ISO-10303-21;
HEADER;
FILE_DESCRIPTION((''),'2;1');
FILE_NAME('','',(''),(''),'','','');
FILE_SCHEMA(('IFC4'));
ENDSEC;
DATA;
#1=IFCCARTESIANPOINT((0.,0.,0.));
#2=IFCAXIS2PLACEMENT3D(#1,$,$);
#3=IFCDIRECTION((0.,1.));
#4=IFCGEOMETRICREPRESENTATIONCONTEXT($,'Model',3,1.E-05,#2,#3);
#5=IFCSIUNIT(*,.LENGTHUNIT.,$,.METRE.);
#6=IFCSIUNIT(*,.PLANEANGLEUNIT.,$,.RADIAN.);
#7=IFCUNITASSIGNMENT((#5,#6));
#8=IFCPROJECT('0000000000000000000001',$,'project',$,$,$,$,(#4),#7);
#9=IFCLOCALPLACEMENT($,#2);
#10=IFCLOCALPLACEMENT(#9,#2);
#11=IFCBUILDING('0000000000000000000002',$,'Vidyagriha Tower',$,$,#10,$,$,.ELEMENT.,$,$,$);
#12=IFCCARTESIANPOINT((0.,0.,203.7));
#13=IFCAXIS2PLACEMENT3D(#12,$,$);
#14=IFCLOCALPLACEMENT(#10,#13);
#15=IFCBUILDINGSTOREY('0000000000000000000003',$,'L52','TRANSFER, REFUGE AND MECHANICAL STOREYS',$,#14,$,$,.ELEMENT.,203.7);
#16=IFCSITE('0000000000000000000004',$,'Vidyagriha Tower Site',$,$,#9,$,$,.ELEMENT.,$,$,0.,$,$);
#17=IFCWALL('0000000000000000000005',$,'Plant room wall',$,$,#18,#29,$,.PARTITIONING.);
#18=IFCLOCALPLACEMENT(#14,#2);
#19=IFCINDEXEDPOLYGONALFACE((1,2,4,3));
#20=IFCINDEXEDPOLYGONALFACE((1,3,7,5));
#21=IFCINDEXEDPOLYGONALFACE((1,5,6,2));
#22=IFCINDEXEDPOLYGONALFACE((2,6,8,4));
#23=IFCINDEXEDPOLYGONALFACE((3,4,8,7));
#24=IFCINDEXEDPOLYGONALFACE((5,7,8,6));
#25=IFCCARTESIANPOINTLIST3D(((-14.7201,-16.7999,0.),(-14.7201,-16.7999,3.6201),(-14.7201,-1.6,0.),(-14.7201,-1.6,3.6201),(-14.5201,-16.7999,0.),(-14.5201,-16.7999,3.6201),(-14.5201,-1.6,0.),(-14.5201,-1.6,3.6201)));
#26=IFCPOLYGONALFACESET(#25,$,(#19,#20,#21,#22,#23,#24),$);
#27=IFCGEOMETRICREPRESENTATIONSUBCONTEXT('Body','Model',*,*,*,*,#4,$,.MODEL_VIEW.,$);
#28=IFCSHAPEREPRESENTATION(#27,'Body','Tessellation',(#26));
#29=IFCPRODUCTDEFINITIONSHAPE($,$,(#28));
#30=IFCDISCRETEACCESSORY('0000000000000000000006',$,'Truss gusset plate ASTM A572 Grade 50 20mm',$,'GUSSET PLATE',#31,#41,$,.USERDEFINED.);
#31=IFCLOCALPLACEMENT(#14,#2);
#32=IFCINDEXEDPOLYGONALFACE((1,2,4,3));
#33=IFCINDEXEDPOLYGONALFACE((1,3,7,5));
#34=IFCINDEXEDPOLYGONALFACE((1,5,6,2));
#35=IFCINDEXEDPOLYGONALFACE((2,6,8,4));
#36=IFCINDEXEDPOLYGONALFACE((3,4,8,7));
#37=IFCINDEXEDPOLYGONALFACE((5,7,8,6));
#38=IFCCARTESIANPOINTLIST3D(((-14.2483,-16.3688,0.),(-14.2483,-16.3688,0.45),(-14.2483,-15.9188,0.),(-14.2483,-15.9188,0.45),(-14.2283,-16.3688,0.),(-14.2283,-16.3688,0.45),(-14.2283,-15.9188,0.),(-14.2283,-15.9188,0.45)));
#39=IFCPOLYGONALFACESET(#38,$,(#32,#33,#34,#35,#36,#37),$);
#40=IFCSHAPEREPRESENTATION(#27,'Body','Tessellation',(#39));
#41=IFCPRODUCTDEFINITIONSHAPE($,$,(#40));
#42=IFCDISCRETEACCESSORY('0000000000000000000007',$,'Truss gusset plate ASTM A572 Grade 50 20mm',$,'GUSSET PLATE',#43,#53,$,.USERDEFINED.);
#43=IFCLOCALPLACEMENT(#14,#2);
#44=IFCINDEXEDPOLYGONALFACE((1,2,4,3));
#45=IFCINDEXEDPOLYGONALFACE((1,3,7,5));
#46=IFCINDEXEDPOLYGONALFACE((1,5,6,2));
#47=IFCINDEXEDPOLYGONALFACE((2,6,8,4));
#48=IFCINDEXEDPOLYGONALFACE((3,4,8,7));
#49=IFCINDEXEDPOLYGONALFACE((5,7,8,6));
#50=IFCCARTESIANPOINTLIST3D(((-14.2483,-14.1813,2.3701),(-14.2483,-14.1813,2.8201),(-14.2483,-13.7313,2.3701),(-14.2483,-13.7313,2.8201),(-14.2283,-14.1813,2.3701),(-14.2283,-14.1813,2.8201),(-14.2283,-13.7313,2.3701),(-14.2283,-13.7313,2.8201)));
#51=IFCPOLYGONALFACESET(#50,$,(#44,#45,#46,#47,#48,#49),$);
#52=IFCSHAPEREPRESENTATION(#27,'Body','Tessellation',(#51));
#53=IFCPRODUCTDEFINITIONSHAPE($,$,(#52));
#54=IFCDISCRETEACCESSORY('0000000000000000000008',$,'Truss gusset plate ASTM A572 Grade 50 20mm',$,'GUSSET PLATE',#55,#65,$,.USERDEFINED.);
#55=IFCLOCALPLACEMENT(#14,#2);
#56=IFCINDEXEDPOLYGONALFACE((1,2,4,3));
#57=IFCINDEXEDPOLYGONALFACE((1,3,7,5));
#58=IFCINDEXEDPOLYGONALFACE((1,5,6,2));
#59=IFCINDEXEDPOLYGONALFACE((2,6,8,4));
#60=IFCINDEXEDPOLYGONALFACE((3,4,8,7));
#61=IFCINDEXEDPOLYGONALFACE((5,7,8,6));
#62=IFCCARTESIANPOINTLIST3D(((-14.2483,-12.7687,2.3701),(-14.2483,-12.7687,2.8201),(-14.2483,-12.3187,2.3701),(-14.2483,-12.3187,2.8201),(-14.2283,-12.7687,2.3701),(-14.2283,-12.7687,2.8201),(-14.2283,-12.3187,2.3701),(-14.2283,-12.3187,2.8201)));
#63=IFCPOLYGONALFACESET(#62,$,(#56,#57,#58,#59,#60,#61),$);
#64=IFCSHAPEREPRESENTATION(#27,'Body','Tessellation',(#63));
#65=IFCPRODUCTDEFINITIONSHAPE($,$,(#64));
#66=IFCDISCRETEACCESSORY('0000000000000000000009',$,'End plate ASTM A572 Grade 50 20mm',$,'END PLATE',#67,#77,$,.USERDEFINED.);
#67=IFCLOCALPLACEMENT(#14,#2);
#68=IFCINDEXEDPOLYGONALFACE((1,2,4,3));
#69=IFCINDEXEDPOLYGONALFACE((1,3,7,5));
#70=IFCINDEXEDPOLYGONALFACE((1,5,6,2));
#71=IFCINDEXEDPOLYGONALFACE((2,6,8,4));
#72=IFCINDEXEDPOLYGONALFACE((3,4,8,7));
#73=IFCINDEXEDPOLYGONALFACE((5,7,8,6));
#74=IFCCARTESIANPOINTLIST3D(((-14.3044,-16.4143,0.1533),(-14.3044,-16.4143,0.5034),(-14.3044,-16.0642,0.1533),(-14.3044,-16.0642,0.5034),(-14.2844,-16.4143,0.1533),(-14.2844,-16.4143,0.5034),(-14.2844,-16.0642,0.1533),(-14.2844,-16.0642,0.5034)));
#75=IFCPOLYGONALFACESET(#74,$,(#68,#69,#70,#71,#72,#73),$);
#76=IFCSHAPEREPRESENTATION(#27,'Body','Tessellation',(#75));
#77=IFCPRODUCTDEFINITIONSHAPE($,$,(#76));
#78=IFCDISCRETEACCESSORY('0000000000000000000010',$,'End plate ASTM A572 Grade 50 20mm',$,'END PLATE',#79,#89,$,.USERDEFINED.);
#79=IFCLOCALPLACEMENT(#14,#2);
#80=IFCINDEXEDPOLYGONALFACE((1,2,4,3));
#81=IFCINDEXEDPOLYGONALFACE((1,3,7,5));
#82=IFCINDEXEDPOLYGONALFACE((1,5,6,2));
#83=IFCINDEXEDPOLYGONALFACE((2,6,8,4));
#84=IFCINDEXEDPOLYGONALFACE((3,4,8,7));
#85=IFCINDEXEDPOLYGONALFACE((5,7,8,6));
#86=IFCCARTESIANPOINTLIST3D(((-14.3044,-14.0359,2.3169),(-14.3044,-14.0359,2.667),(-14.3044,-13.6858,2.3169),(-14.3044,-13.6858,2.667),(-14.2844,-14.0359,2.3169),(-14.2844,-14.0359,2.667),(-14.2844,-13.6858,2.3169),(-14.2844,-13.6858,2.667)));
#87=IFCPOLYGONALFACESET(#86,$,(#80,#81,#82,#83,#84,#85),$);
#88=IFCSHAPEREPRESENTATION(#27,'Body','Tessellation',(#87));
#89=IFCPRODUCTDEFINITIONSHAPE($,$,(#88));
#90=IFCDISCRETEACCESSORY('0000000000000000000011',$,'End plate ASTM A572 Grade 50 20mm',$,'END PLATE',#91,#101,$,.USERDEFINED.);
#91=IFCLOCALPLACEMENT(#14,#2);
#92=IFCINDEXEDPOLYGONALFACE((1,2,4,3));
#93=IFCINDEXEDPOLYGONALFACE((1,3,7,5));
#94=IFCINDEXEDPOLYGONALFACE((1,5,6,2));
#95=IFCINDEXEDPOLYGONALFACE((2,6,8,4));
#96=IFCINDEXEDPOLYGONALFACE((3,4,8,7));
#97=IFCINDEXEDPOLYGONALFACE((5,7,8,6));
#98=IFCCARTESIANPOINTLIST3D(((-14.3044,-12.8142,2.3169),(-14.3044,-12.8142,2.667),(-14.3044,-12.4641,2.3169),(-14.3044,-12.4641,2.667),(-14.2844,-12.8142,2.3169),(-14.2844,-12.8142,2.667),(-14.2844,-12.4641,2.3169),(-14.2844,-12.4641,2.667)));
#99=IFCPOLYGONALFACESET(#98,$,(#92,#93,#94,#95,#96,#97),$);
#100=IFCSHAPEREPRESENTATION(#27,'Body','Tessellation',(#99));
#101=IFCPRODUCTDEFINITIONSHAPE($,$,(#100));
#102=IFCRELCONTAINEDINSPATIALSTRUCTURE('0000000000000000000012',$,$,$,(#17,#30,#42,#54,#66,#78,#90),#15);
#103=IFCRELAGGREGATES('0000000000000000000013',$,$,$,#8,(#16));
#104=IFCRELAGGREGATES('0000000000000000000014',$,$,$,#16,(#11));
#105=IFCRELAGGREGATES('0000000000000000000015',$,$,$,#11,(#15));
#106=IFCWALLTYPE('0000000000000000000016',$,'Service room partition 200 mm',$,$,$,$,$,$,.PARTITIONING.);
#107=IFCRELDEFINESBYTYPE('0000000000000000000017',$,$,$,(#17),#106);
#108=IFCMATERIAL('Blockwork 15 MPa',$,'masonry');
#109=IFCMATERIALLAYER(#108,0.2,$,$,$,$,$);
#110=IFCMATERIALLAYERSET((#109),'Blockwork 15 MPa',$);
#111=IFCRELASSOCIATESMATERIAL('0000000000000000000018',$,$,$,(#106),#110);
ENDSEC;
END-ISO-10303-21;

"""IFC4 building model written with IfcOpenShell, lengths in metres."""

from ifc_helpers import new_model, si_unit, direction, frame, frame_2d, origin, origin_2d, place, context, subcontext, project, spatial, rectangle, extrude, material, layer, layer_set, type_object, element, save


model = new_model("IFC4")

# Units and contexts
model_context = context("Model", 3, precision=1e-05, world=origin(), true_north=direction((0.0, 1.0)))
body_context = subcontext(model_context, "Body", "Model", "MODEL_VIEW")
ifc_project = project(units=[si_unit("LENGTHUNIT", "METRE"), si_unit("PLANEANGLEUNIT", "RADIAN")], contexts=[model_context])

# Site, building, storey
site_placement = place(None, origin())
site = spatial("IfcSite", under=ifc_project, at=site_placement, Name="Vidyagriha Tower Site", CompositionType="ELEMENT", RefElevation=0.0)
building_placement = place(site_placement, origin())
building = spatial("IfcBuilding", under=site, at=building_placement, Name="Vidyagriha Tower", CompositionType="ELEMENT")
storey_placement = place(building_placement, frame((0.0, 0.0, 203.7)))
storey = spatial("IfcBuildingStorey", under=building, at=storey_placement, Name="L52", Description="TRANSFER, REFUGE AND MECHANICAL STOREYS", CompositionType="ELEMENT", Elevation=203.7)

# Wall
ifc_material_1 = material(Name="Blockwork 15 MPa", Category="masonry")
ifc_layer_1 = layer(ifc_material_1, 0.2)
ifc_layer_set_1 = layer_set([ifc_layer_1], Name="Blockwork 15 MPa")
wall_type_1 = type_object("IfcWallType", Name="Service room partition 200 mm", PredefinedType="PARTITIONING", material=ifc_layer_set_1)
wall_1_placement = place(storey_placement, frame((-14.6201, -16.8, 0.0), z_axis=(0.0, 0.0, 1.0), x_axis=(0.0, 1.0, 0.0)))
element("IfcWall", 1, at=wall_1_placement, inside=storey, type_object=wall_type_1, Name="Plant room wall", PredefinedType="PARTITIONING", context=body_context, shape_type="SweptSolid", body=[
    extrude(rectangle(XDim=15.2, YDim=0.2, at=frame_2d((7.6001, 0.0))), origin(), (0.0, 0.0, 1.0), 3.6201),
])

# Discrete accessories
for number, where, z_axis, x_axis, name in (
    (2, (-14.2383, -16.1438, 0.0), (0.0, 0.0, 1.0), (0.0, 1.0, 0.0), "Truss gusset plate ASTM A572 Grade 50 20mm"),
    (3, (-14.2383, -13.9563, 2.3701), (0.0, 0.0, 1.0), (0.0, 1.0, 0.0), "Truss gusset plate ASTM A572 Grade 50 20mm"),
    (4, (-14.2383, -12.5437, 2.3701), (0.0, 0.0, 1.0), (0.0, 1.0, 0.0), "Truss gusset plate ASTM A572 Grade 50 20mm"),
):
    element("IfcDiscreteAccessory", number, at=place(storey_placement, frame(where, z_axis=z_axis, x_axis=x_axis)), inside=storey, Name=name, ObjectType="GUSSET PLATE", PredefinedType="USERDEFINED", context=body_context, shape_type="SweptSolid", body=[
        extrude(rectangle(XDim=0.45, YDim=0.02, at=origin_2d()), origin(), (0.0, 0.0, 1.0), 0.45),
    ])
for number, where, z_axis, x_axis, name in (
    (5, (-14.2944, -16.2393, 0.1533), (0.0, 0.0, 1.0), (0.0, -1.0, 0.0), "End plate ASTM A572 Grade 50 20mm"),
    (6, (-14.2944, -13.8608, 2.3169), (0.0, 0.0, 1.0), (0.0, 1.0, 0.0), "End plate ASTM A572 Grade 50 20mm"),
    (7, (-14.2944, -12.6392, 2.3169), (0.0, 0.0, 1.0), (0.0, -1.0, 0.0), "End plate ASTM A572 Grade 50 20mm"),
):
    element("IfcDiscreteAccessory", number, at=place(storey_placement, frame(where, z_axis=z_axis, x_axis=x_axis)), inside=storey, Name=name, ObjectType="END PLATE", PredefinedType="USERDEFINED", context=body_context, shape_type="SweptSolid", body=[
        extrude(rectangle(XDim=0.3501, YDim=0.02, at=origin_2d()), origin(), (0.0, 0.0, 1.0), 0.3501),
    ])

save(model, "model.ifc")
